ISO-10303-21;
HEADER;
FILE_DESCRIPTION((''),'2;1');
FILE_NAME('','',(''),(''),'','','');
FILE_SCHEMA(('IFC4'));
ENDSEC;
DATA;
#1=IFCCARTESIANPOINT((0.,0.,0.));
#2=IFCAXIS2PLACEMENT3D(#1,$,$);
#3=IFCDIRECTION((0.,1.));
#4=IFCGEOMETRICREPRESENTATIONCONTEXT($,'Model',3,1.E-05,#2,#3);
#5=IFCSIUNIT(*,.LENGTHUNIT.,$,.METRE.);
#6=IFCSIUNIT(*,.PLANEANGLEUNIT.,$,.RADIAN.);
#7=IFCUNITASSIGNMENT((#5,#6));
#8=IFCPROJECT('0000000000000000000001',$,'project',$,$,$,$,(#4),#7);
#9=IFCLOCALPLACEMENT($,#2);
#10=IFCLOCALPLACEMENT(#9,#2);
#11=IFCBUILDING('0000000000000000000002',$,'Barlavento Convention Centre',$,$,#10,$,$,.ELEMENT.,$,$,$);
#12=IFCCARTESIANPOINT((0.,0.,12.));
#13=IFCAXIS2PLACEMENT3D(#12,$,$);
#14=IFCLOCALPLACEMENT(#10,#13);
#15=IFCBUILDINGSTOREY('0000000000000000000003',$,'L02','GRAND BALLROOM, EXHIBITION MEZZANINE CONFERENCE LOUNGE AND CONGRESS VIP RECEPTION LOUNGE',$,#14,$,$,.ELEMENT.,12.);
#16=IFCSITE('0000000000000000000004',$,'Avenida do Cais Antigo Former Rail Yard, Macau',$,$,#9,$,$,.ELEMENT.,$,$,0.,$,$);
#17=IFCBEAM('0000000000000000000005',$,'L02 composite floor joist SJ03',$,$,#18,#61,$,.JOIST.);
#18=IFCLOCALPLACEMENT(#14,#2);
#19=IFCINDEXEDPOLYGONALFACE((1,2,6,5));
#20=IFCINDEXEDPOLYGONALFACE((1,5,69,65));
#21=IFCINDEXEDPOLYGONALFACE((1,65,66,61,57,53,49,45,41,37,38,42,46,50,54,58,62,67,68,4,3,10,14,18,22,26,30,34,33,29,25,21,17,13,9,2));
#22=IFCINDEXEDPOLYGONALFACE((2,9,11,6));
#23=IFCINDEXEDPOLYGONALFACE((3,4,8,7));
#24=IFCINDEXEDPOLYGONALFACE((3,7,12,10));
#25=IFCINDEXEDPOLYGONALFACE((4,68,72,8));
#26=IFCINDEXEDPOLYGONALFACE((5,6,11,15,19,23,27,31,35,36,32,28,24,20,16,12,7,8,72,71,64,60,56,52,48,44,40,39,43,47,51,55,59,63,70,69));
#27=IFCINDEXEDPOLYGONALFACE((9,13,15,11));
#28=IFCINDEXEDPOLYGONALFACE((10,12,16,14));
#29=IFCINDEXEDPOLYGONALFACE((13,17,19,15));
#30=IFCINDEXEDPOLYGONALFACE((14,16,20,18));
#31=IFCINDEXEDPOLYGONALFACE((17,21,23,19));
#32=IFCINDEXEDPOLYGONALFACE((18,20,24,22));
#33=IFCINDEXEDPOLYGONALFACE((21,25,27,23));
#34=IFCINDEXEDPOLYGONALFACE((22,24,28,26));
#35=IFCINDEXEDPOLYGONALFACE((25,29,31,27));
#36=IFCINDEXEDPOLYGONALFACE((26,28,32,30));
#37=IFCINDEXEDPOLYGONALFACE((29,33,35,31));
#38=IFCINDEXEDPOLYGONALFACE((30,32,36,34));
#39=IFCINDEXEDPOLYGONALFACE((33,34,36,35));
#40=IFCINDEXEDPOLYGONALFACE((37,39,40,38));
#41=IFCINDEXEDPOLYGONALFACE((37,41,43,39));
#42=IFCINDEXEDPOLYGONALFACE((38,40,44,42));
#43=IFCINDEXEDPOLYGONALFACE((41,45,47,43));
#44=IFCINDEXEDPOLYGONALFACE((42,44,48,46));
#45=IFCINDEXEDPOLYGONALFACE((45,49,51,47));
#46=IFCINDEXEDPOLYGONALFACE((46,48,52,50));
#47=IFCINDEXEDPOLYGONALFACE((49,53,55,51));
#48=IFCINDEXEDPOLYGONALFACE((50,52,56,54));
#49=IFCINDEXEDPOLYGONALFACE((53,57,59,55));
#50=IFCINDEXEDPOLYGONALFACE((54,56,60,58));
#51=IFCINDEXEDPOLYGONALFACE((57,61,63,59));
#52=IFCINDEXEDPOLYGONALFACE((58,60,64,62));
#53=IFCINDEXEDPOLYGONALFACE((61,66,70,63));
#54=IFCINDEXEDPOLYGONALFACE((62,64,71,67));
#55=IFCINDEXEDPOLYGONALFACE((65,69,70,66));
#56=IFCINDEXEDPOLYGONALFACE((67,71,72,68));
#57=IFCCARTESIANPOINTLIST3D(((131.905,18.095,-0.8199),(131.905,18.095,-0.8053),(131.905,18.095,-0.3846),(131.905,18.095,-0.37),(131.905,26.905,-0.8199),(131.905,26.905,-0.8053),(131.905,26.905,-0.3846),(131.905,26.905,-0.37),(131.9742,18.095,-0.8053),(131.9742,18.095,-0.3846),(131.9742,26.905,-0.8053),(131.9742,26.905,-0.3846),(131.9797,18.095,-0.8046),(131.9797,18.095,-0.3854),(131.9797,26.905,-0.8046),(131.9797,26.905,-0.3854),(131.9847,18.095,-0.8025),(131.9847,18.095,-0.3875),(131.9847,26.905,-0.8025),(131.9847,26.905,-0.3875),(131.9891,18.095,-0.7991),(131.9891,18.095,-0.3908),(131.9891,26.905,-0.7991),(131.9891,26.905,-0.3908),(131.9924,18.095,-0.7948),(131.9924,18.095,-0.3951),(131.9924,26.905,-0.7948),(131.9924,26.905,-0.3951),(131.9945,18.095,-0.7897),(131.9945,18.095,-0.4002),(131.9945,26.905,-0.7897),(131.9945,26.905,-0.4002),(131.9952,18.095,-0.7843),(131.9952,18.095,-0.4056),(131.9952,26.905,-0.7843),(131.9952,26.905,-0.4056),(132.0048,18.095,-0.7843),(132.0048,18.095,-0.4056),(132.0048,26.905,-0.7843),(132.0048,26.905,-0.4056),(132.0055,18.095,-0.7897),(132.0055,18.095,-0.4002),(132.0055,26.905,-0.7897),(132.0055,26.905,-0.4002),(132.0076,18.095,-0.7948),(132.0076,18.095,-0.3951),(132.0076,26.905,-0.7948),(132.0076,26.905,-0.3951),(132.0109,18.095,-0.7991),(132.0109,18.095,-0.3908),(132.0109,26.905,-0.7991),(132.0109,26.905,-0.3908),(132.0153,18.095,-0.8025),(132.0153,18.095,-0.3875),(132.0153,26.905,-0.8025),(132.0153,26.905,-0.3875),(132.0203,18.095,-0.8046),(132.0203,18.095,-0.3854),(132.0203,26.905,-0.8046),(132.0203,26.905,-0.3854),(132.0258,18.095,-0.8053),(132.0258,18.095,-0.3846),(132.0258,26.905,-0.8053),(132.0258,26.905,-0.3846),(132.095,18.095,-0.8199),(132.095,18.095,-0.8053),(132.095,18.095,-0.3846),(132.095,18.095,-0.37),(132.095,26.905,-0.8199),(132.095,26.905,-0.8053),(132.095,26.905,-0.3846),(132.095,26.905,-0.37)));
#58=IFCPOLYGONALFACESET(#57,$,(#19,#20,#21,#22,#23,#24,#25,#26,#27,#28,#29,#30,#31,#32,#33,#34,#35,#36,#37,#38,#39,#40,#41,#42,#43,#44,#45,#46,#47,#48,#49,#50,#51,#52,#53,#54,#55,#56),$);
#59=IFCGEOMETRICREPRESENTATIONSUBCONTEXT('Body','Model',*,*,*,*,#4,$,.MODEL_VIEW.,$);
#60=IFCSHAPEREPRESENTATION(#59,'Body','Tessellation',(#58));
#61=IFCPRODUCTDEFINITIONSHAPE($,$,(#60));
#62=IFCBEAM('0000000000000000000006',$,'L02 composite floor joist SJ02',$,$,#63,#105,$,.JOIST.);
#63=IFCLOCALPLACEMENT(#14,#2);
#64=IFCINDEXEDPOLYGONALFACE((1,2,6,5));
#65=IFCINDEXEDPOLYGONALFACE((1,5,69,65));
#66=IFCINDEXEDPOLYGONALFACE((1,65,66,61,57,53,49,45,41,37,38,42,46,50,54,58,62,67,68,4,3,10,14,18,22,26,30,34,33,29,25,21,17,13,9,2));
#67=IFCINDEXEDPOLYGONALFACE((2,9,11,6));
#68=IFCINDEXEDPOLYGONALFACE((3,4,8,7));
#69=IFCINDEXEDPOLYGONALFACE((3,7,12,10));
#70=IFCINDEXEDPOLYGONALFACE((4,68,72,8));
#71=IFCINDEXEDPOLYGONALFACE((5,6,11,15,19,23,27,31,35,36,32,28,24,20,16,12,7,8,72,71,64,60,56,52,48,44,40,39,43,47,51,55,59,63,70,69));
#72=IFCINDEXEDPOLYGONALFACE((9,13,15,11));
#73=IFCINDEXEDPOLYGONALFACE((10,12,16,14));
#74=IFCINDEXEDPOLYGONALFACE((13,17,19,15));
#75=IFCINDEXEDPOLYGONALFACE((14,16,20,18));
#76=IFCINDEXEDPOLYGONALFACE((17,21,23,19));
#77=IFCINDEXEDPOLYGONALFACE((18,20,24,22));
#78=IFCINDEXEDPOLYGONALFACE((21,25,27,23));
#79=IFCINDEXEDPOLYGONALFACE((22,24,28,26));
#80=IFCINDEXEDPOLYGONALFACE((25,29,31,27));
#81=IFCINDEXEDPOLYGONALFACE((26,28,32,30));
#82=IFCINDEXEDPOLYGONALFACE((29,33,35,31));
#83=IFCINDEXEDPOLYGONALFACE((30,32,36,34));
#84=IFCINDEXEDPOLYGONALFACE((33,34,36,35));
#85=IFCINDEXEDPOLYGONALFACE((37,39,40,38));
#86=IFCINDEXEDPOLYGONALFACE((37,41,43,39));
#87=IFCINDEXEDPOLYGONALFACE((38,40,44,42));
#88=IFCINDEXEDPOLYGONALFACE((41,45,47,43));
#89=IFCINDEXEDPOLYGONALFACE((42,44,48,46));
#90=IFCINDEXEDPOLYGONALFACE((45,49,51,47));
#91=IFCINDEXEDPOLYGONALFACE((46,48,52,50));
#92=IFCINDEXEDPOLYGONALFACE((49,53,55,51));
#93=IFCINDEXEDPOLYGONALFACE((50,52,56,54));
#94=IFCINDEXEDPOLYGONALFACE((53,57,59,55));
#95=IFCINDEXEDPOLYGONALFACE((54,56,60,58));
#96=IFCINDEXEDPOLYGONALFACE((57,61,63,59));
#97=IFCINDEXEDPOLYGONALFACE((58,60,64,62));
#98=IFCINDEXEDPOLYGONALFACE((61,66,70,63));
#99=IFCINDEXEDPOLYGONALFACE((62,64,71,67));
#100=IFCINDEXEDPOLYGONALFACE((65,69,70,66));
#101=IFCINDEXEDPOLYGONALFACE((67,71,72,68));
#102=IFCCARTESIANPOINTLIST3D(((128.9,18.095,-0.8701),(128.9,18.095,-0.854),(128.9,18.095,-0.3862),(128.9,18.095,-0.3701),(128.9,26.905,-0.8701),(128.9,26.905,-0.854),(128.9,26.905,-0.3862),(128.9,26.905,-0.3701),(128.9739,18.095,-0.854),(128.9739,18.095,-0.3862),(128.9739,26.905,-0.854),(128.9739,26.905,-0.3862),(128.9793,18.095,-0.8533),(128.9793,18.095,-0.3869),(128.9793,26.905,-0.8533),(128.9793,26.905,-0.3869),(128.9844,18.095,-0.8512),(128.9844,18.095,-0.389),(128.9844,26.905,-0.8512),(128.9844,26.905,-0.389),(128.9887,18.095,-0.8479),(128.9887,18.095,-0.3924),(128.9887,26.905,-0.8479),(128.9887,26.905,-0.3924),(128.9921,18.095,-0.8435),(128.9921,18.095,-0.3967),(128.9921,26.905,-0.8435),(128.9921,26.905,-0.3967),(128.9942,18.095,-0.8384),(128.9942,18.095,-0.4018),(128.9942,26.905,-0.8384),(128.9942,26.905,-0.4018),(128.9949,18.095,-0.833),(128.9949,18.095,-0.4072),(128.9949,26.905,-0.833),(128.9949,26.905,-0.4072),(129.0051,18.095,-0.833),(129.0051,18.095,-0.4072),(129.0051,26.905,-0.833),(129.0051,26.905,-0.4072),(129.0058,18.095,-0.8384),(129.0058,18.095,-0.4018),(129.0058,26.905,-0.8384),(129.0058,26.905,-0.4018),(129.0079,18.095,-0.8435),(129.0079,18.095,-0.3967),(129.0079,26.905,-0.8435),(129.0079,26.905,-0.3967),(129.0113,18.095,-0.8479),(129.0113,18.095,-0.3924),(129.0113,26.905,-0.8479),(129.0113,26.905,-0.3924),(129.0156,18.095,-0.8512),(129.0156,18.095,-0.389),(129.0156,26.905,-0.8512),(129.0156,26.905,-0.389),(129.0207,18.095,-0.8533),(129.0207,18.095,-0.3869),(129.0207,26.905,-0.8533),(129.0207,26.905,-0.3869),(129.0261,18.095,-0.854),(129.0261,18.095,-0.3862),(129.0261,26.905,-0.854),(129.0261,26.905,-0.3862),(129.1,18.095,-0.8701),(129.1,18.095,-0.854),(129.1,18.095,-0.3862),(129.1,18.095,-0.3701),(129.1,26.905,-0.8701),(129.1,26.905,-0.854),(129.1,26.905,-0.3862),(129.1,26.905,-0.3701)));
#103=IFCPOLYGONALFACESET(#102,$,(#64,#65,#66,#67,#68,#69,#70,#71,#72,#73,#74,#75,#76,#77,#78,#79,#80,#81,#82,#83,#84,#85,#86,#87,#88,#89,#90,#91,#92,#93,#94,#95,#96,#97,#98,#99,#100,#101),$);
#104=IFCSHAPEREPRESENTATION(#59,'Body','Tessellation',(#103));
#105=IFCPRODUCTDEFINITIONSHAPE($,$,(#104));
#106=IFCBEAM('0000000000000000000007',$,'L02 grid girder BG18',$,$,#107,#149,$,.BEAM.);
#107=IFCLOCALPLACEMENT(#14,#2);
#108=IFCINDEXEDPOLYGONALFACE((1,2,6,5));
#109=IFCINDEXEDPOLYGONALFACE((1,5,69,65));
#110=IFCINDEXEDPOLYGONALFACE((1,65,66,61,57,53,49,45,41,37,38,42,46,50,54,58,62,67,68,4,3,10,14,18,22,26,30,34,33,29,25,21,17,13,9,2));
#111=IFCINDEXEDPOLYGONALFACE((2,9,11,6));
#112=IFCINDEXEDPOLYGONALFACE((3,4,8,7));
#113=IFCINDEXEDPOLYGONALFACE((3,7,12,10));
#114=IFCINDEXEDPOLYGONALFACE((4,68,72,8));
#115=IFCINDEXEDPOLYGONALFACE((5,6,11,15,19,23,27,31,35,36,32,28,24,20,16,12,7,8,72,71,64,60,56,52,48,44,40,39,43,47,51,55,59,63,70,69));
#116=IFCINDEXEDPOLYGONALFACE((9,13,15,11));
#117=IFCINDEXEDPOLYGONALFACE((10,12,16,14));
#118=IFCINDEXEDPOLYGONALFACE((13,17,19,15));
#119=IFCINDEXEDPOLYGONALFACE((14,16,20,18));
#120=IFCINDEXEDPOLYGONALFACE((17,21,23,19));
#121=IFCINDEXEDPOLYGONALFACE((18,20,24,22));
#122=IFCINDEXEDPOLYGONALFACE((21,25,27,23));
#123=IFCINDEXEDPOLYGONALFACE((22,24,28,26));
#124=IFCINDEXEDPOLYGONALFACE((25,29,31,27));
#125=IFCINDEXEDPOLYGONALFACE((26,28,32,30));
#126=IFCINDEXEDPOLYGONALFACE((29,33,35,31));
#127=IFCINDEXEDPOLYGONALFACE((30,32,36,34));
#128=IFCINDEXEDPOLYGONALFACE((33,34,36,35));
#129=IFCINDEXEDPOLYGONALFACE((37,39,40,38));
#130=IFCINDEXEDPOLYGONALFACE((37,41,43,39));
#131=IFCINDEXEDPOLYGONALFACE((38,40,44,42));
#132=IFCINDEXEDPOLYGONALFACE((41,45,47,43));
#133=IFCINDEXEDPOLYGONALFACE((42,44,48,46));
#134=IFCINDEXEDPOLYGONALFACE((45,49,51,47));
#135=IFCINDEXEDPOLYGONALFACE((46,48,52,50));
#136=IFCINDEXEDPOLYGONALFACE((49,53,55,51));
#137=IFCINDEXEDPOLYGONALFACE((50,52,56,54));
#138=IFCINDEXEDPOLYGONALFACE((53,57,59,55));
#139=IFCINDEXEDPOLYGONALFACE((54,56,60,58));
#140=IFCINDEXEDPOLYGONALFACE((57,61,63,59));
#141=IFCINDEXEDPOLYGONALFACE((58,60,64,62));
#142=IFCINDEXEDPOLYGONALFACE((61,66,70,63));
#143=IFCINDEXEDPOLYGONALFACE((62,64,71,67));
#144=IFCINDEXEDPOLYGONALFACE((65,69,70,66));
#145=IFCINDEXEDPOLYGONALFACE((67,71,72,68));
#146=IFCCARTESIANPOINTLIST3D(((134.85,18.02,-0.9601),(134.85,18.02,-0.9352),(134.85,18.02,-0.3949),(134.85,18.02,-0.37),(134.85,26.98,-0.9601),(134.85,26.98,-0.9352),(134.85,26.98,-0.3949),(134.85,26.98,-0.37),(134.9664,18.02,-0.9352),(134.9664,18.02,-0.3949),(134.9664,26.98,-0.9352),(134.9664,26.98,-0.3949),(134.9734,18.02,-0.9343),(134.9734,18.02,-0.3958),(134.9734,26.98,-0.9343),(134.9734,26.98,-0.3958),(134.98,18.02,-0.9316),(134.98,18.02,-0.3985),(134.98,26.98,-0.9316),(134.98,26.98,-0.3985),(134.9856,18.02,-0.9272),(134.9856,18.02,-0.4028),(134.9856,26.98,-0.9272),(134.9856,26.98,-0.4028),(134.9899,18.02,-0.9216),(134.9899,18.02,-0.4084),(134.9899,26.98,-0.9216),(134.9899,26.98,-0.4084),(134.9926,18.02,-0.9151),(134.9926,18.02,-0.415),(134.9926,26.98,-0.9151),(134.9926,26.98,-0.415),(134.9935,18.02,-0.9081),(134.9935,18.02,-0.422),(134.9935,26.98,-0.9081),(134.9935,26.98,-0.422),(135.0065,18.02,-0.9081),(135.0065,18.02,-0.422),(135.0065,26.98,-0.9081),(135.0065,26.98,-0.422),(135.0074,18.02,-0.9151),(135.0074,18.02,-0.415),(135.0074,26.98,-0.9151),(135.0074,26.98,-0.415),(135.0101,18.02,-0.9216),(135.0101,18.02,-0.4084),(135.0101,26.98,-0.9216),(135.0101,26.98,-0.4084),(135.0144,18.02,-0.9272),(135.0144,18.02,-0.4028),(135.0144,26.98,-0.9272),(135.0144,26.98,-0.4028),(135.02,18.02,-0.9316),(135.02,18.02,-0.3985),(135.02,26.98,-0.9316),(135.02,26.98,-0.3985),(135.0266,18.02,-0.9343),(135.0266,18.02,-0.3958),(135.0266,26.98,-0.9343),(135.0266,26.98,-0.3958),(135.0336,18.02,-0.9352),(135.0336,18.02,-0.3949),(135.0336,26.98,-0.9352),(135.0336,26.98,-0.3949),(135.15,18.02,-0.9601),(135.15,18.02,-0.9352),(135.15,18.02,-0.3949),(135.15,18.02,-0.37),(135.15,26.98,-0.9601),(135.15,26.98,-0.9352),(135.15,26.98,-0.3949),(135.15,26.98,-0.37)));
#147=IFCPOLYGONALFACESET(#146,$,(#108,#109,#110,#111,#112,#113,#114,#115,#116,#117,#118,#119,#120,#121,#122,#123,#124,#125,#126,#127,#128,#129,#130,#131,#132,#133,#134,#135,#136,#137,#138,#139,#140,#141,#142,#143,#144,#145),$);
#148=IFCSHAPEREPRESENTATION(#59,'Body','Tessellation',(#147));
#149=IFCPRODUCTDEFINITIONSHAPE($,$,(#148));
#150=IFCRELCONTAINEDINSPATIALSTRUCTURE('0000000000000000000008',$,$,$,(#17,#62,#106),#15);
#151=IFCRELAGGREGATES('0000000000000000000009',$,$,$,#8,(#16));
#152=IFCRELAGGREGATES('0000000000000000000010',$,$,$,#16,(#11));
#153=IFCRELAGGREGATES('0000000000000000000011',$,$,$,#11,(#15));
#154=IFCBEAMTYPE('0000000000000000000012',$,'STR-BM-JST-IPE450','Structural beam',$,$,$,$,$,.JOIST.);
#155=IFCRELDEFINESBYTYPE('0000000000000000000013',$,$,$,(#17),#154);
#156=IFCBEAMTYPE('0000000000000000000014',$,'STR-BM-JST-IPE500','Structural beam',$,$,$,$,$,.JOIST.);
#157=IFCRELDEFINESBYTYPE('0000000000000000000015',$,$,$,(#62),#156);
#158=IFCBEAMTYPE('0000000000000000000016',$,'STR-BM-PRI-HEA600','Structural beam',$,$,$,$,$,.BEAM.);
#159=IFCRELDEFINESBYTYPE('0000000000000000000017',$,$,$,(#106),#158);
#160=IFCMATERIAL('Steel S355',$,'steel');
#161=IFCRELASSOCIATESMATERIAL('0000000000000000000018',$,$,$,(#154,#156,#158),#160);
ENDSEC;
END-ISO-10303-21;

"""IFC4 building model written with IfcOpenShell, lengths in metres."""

from ifc_helpers import new_model, si_unit, direction, frame, origin, origin_2d, place, context, subcontext, project, spatial, i_section, extrude, material, material_profile, profile_set, type_object, element, save


model = new_model("IFC4")

# Units and contexts
model_context = context("Model", 3, precision=1e-05, world=origin(), true_north=direction((0.0, 1.0)))
body_context = subcontext(model_context, "Body", "Model", "MODEL_VIEW")
ifc_project = project(units=[si_unit("LENGTHUNIT", "METRE"), si_unit("PLANEANGLEUNIT", "RADIAN")], contexts=[model_context])

# Site, building, storey
site_placement = place(None, origin())
site = spatial("IfcSite", under=ifc_project, at=site_placement, Name="Avenida do Cais Antigo Former Rail Yard, Macau", CompositionType="ELEMENT", RefElevation=0.0)
building_placement = place(site_placement, origin())
building = spatial("IfcBuilding", under=site, at=building_placement, Name="Barlavento Convention Centre", CompositionType="ELEMENT")
storey_placement = place(building_placement, frame((0.0, 0.0, 12.0)))
storey = spatial("IfcBuildingStorey", under=building, at=storey_placement, Name="L02", Description="GRAND BALLROOM, EXHIBITION MEZZANINE CONFERENCE LOUNGE AND CONGRESS VIP RECEPTION LOUNGE", CompositionType="ELEMENT", Elevation=12.0)

# Beams
ifc_material_1 = material(Name="Steel S355", Category="steel")
ifc_material_profile_1 = material_profile(ifc_material_1, i_section(OverallWidth=0.1899, OverallDepth=0.45, WebThickness=0.0095, FlangeThickness=0.0146, FilletRadius=0.021, at=origin_2d()), Name="IPE 450")
ifc_profile_set_1 = profile_set([ifc_material_profile_1], Name="Steel S355")
beam_type_1 = type_object("IfcBeamType", Name="STR-BM-JST-IPE450", Description="Structural beam", PredefinedType="JOIST", material=ifc_profile_set_1)
beam_1_placement = place(storey_placement, frame((132.0, 18.095, -0.595), z_axis=(0.0, 1.0, 0.0), x_axis=(-1.0, 0.0, 0.0)))
element("IfcBeam", 1, at=beam_1_placement, inside=storey, type_object=beam_type_1, Name="L02 composite floor joist SJ03", PredefinedType="JOIST", context=body_context, shape_type="SweptSolid", body=[
    extrude(i_section(OverallWidth=0.1899, OverallDepth=0.45, WebThickness=0.0095, FlangeThickness=0.0146, FilletRadius=0.021, at=origin_2d()), origin(), (0.0, 0.0, 1.0), 8.8101),
])
ifc_material_profile_2 = material_profile(ifc_material_1, i_section(OverallWidth=0.2, OverallDepth=0.5, WebThickness=0.0103, FlangeThickness=0.0161, FilletRadius=0.021, at=origin_2d()), Name="IPE 500")
ifc_profile_set_2 = profile_set([ifc_material_profile_2], Name="Steel S355")
beam_type_2 = type_object("IfcBeamType", Name="STR-BM-JST-IPE500", Description="Structural beam", PredefinedType="JOIST", material=ifc_profile_set_2)
beam_2_placement = place(storey_placement, frame((129.0, 18.095, -0.6201), z_axis=(0.0, 1.0, 0.0), x_axis=(-1.0, 0.0, 0.0)))
element("IfcBeam", 2, at=beam_2_placement, inside=storey, type_object=beam_type_2, Name="L02 composite floor joist SJ02", PredefinedType="JOIST", context=body_context, shape_type="SweptSolid", body=[
    extrude(i_section(OverallWidth=0.2, OverallDepth=0.5, WebThickness=0.0103, FlangeThickness=0.0161, FilletRadius=0.021, at=origin_2d()), origin(), (0.0, 0.0, 1.0), 8.8101),
])
ifc_material_profile_3 = material_profile(ifc_material_1, i_section(OverallWidth=0.3, OverallDepth=0.5901, WebThickness=0.0129, FlangeThickness=0.0249, FilletRadius=0.0271, at=origin_2d()), Name="HEA 600")
ifc_profile_set_3 = profile_set([ifc_material_profile_3], Name="Steel S355")
beam_type_3 = type_object("IfcBeamType", Name="STR-BM-PRI-HEA600", Description="Structural beam", PredefinedType="BEAM", material=ifc_profile_set_3)
beam_3_placement = place(storey_placement, frame((135.0, 18.02, -0.665), z_axis=(0.0, 1.0, 0.0), x_axis=(-1.0, 0.0, 0.0)))
element("IfcBeam", 3, at=beam_3_placement, inside=storey, type_object=beam_type_3, Name="L02 grid girder BG18", PredefinedType="BEAM", context=body_context, shape_type="SweptSolid", body=[
    extrude(i_section(OverallWidth=0.3, OverallDepth=0.5901, WebThickness=0.0129, FlangeThickness=0.0249, FilletRadius=0.0271, at=origin_2d()), origin(), (0.0, 0.0, 1.0), 8.96),
])

save(model, "model.ifc")
